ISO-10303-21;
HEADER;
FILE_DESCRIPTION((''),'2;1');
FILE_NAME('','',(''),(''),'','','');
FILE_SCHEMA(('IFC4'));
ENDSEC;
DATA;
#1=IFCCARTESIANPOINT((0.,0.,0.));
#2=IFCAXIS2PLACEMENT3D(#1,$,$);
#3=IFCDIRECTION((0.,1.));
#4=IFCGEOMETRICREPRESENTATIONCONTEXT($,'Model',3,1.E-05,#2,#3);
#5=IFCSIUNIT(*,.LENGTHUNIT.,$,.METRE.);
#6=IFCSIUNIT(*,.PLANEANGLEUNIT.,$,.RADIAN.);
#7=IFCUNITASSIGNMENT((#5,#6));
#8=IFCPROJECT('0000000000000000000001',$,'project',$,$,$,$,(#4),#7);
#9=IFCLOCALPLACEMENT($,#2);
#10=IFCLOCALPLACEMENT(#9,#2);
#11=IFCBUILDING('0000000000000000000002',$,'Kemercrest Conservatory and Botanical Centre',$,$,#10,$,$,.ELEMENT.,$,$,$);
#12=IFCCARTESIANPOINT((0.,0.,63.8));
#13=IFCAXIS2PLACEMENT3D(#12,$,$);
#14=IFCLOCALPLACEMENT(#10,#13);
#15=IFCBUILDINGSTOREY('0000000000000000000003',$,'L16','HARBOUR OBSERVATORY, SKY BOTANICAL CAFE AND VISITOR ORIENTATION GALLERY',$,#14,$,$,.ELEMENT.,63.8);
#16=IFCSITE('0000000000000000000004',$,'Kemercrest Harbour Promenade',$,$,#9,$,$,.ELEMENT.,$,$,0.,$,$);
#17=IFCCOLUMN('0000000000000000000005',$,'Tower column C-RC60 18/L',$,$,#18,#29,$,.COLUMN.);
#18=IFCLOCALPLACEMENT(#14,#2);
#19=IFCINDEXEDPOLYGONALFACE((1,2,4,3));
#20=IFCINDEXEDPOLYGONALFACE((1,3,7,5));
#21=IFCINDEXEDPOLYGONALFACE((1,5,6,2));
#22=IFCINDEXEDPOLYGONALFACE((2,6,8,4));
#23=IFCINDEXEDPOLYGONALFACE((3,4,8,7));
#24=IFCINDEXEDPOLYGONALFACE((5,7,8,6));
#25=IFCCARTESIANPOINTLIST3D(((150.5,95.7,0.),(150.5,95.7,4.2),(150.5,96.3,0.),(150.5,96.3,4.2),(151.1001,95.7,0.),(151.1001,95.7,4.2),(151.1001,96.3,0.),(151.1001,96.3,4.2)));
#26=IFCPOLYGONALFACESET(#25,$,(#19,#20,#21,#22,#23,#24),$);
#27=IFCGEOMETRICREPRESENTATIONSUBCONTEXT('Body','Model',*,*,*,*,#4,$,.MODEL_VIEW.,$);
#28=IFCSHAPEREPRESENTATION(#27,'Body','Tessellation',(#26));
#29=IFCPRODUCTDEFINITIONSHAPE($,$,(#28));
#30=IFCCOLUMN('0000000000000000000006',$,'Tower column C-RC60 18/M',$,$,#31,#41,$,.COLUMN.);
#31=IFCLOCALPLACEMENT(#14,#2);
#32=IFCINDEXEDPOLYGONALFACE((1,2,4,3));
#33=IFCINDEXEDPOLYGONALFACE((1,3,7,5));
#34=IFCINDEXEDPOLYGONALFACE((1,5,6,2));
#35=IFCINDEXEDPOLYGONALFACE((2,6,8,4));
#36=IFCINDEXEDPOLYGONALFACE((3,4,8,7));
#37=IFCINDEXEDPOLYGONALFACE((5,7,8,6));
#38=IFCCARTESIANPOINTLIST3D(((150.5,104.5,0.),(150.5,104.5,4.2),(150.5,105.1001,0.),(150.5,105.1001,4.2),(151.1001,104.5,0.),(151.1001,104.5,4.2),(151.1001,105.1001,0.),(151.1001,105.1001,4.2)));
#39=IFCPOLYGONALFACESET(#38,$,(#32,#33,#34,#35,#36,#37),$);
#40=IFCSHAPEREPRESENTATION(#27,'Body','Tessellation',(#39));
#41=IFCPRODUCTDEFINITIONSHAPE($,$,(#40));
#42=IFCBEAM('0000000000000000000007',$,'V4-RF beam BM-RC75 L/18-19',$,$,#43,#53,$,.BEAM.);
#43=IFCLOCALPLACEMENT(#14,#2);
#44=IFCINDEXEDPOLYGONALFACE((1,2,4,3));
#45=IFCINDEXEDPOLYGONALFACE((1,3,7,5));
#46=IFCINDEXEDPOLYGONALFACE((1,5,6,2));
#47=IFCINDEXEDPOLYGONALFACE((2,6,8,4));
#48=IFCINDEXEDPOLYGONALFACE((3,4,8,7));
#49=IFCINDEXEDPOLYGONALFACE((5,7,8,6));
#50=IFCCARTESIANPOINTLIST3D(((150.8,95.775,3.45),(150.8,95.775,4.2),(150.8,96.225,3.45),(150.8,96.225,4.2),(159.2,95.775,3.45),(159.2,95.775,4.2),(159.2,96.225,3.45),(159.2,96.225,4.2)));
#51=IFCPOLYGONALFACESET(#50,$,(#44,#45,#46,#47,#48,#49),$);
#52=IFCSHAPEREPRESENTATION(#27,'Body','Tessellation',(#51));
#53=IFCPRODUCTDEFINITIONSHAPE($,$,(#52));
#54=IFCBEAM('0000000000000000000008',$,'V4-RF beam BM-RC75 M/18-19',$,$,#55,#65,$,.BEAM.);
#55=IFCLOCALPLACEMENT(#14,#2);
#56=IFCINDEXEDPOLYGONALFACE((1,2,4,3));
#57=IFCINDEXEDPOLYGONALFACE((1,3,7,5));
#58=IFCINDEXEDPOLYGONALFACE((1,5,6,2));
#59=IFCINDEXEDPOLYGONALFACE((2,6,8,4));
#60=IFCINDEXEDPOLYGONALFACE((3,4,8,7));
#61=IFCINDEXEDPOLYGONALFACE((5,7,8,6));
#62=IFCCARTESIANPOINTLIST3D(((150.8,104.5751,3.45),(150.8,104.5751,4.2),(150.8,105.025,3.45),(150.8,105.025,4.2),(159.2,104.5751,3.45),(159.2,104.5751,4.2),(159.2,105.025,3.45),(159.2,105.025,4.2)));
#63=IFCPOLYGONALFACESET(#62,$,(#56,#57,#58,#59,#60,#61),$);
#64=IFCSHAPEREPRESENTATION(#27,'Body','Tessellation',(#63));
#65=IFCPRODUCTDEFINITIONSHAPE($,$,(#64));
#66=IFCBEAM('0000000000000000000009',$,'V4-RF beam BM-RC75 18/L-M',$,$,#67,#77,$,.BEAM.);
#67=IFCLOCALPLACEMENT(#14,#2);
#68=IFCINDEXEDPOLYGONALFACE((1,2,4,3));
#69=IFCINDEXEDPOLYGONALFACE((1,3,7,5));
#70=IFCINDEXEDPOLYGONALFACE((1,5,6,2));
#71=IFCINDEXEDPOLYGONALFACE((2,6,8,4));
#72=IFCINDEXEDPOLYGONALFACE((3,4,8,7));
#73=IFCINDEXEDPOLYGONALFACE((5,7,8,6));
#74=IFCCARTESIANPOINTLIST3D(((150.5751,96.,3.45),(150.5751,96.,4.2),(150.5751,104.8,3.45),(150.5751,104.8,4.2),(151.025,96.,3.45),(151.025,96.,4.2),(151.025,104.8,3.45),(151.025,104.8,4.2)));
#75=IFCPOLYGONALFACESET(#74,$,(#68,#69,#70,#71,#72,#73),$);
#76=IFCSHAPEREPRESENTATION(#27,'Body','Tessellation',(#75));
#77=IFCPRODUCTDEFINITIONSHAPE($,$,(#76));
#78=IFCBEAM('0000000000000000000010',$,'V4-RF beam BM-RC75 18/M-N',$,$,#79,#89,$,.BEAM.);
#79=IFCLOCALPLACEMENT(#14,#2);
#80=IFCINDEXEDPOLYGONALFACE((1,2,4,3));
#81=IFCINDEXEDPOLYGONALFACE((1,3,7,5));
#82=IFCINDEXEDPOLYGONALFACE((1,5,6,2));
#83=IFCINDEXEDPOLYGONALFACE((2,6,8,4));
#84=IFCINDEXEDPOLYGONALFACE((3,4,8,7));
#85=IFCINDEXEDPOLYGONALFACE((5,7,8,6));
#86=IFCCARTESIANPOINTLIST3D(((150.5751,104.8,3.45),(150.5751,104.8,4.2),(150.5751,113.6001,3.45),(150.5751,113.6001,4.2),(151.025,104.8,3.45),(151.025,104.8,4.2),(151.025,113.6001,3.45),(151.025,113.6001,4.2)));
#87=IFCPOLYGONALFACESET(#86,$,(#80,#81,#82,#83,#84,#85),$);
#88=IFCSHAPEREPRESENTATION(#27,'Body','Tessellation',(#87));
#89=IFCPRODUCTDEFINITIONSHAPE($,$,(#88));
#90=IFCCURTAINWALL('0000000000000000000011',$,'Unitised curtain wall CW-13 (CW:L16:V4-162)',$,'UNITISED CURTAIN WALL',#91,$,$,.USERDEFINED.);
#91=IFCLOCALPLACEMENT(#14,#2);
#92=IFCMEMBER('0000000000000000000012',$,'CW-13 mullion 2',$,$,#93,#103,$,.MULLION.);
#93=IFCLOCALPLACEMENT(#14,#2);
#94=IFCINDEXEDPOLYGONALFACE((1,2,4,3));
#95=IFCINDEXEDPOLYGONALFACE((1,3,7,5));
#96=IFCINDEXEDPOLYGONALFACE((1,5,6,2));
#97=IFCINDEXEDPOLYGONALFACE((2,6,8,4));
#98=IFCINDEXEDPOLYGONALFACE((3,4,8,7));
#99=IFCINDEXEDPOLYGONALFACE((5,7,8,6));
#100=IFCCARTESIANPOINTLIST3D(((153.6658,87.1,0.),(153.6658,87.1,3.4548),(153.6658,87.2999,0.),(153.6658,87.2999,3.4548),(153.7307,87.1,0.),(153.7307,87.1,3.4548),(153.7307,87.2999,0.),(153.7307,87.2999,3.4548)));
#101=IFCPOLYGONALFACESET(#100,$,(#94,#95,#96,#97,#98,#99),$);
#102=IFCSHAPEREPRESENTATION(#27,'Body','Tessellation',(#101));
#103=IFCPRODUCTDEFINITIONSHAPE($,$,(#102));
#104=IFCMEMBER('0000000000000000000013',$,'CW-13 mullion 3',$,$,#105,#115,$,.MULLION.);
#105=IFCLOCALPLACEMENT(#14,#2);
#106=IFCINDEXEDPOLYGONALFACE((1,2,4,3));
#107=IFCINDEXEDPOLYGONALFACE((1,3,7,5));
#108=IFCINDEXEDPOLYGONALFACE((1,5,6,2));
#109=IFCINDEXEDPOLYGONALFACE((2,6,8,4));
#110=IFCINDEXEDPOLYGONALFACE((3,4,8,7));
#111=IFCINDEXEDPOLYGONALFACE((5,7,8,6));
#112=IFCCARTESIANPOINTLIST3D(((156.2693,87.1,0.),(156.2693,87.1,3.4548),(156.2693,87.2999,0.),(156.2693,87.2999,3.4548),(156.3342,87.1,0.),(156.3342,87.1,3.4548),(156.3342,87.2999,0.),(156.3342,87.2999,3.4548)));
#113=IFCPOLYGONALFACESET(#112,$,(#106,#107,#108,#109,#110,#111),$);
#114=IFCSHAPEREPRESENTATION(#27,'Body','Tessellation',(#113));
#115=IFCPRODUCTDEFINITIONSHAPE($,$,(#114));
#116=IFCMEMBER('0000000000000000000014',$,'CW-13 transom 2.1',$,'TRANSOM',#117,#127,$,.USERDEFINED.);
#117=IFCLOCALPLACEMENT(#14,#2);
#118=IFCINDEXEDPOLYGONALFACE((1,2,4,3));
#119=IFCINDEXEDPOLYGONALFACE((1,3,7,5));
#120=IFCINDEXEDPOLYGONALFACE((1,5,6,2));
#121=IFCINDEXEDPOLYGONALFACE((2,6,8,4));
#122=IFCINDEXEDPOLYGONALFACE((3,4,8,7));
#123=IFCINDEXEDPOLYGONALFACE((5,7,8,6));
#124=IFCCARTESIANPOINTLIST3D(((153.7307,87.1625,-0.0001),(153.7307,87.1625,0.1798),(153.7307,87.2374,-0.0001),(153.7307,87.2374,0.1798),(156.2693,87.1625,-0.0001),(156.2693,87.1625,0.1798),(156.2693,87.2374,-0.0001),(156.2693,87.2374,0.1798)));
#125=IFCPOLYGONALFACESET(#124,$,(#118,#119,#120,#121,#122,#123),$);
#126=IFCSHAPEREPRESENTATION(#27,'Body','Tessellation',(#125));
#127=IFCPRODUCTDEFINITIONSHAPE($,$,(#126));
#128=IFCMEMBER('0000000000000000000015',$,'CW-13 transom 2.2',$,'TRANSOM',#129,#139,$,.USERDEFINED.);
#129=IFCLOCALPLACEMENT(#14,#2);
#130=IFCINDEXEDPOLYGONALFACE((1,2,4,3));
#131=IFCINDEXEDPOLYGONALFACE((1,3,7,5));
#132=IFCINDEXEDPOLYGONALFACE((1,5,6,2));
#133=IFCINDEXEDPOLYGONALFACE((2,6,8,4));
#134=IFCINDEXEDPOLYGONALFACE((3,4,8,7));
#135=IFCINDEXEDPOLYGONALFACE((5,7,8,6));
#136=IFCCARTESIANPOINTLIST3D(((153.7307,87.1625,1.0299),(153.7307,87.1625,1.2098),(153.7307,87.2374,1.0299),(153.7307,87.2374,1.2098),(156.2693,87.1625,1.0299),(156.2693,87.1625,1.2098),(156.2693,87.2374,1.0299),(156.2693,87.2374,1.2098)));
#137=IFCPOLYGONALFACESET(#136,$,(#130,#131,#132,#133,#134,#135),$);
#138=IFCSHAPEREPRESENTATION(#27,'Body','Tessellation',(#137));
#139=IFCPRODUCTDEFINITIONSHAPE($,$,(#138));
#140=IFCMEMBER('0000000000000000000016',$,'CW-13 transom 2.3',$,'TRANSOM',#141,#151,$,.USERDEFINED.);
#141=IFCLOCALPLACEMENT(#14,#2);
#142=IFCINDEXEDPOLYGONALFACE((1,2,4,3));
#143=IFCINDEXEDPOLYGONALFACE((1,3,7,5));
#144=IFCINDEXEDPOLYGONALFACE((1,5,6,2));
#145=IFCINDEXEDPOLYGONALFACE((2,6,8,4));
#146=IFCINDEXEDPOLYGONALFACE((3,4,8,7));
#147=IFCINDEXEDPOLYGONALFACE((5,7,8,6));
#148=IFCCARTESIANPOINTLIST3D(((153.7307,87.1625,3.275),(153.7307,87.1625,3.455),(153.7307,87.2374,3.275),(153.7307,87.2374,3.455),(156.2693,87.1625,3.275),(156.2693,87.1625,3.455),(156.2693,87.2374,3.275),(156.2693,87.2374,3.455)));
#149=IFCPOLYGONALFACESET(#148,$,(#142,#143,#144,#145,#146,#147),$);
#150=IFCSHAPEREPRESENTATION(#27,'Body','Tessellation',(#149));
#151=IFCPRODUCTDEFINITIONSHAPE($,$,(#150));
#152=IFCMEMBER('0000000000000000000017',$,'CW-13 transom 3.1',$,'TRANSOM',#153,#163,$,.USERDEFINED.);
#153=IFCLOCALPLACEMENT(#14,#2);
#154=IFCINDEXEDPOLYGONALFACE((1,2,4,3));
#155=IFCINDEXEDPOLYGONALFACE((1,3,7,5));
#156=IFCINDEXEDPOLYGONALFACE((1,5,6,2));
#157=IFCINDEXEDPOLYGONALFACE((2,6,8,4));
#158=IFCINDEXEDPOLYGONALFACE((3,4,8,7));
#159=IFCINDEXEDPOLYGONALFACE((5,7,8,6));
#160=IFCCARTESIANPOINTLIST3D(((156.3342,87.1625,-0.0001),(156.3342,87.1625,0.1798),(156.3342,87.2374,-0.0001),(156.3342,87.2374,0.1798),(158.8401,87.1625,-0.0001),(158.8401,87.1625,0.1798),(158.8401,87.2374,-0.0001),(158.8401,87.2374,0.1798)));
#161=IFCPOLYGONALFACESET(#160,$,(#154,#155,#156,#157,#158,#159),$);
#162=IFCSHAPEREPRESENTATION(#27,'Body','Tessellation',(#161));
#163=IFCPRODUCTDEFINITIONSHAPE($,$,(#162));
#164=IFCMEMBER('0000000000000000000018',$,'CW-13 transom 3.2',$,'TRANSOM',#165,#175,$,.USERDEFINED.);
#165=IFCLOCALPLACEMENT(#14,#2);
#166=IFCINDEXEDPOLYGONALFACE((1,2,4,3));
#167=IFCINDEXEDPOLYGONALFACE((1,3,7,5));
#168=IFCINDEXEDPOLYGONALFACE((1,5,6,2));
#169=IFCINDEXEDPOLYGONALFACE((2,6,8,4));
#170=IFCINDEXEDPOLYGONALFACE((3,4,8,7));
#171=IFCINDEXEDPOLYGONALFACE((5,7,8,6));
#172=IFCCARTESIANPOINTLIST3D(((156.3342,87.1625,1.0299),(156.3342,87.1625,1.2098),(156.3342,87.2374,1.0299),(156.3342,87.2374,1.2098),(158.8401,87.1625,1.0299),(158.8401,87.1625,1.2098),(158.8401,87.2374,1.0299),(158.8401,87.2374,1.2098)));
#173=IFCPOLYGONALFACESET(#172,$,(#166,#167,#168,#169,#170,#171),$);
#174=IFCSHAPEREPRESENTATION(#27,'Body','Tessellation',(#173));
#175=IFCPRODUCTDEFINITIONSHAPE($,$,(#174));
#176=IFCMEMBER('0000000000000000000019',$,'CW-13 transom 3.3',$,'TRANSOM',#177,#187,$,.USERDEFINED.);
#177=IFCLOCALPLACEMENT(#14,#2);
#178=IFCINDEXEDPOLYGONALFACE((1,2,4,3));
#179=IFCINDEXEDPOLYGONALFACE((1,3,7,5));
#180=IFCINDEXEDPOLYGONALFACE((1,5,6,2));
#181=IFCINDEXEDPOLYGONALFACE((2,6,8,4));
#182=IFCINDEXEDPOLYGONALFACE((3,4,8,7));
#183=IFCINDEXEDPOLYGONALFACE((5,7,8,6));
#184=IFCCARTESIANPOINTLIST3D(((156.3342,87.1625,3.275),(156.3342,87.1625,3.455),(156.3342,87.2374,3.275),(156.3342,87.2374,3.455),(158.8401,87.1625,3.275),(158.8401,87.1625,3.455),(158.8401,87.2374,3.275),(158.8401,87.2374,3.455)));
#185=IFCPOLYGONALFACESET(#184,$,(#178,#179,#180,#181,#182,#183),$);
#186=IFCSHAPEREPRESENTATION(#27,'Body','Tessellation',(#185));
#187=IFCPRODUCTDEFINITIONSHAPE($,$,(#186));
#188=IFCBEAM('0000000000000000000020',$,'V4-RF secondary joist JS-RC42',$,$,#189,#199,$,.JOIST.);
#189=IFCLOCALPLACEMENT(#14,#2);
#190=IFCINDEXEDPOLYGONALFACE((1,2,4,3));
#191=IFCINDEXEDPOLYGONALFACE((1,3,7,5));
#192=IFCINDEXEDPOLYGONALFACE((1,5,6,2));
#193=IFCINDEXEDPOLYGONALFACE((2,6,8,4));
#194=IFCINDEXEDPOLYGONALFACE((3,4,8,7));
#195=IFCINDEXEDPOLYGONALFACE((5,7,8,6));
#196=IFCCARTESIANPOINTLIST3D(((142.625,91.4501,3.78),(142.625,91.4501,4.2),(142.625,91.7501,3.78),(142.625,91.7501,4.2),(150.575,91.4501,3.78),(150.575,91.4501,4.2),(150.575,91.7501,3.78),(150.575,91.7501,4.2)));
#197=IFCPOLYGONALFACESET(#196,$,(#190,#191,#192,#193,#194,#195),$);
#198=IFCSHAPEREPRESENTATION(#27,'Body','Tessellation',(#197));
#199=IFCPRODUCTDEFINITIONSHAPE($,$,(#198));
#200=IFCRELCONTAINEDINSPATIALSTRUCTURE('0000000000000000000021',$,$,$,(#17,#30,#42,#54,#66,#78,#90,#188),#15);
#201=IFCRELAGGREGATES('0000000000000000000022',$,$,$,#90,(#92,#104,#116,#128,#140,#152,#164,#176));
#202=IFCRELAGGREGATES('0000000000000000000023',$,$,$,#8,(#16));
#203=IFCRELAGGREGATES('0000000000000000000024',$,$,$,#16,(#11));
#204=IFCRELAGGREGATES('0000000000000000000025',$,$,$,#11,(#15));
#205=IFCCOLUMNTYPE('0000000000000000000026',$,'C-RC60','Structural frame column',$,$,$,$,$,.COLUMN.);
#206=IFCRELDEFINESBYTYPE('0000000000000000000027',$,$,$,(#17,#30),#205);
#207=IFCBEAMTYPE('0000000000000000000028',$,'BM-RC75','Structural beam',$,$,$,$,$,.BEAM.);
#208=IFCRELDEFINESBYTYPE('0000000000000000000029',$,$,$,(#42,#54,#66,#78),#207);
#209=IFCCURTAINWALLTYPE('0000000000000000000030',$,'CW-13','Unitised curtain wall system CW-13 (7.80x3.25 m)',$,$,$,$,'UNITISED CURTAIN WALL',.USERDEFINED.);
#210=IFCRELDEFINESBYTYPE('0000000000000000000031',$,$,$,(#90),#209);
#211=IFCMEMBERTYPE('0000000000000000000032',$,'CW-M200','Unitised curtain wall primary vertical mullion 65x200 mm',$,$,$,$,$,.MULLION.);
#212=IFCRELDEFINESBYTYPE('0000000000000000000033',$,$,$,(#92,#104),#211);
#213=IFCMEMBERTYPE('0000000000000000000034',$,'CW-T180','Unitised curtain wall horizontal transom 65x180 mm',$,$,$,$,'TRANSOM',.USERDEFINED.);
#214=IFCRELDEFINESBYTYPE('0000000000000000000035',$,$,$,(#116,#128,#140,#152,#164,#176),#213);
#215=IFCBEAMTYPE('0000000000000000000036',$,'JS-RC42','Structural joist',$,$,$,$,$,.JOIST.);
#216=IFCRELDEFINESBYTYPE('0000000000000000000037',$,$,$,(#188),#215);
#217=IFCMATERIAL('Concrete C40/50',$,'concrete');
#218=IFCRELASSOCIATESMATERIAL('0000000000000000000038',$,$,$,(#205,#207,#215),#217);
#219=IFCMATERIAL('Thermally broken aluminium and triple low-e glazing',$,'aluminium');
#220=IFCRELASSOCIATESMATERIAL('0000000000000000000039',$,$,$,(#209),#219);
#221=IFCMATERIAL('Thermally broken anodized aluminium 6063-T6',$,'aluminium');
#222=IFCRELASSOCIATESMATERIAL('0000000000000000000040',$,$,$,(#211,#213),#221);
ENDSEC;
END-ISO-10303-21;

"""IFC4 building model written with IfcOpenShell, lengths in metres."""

from ifc_helpers import new_model, si_unit, direction, frame, origin, origin_2d, place, context, subcontext, project, spatial, rectangle, extrude, material, material_profile, profile_set, type_object, element, aggregate, save


model = new_model("IFC4")

# Units and contexts
model_context = context("Model", 3, precision=1e-05, world=origin(), true_north=direction((0.0, 1.0)))
body_context = subcontext(model_context, "Body", "Model", "MODEL_VIEW")
ifc_project = project(units=[si_unit("LENGTHUNIT", "METRE"), si_unit("PLANEANGLEUNIT", "RADIAN")], contexts=[model_context])

# Site, building, storey
site_placement = place(None, origin())
site = spatial("IfcSite", under=ifc_project, at=site_placement, Name="Kemercrest Harbour Promenade", CompositionType="ELEMENT", RefElevation=0.0)
building_placement = place(site_placement, origin())
building = spatial("IfcBuilding", under=site, at=building_placement, Name="Kemercrest Conservatory and Botanical Centre", CompositionType="ELEMENT")
storey_placement = place(building_placement, frame((0.0, 0.0, 63.8)))
storey = spatial("IfcBuildingStorey", under=building, at=storey_placement, Name="L16", Description="HARBOUR OBSERVATORY, SKY BOTANICAL CAFE AND VISITOR ORIENTATION GALLERY", CompositionType="ELEMENT", Elevation=63.8)

# Columns
ifc_material_1 = material(Name="Concrete C40/50", Category="concrete")
ifc_material_profile_1 = material_profile(ifc_material_1, rectangle(XDim=0.6001, YDim=0.6001, at=origin_2d()), Name="RC 600x600")
ifc_profile_set_1 = profile_set([ifc_material_profile_1], Name="Concrete C40/50")
column_type = type_object("IfcColumnType", Name="C-RC60", Description="Structural frame column", PredefinedType="COLUMN", material=ifc_profile_set_1)
for number, where, z_axis, x_axis, name in (
    (1, (150.8, 96.0, 0.0), (0.0, 0.0, 1.0), (1.0, 0.0, 0.0), "Tower column C-RC60 18/L"),
    (2, (150.8, 104.8, 0.0), (0.0, 0.0, 1.0), (1.0, 0.0, 0.0), "Tower column C-RC60 18/M"),
):
    element("IfcColumn", number, at=place(storey_placement, frame(where, z_axis=z_axis, x_axis=x_axis)), inside=storey, type_object=column_type, Name=name, PredefinedType="COLUMN", context=body_context, shape_type="SweptSolid", body=[
        extrude(rectangle(XDim=0.6001, YDim=0.6001, at=origin_2d()), origin(), (0.0, 0.0, 1.0), 4.2),
    ])

# Beams
ifc_material_profile_2 = material_profile(ifc_material_1, rectangle(XDim=0.45, YDim=0.75, at=origin_2d()), Name="RC 450x750")
ifc_profile_set_2 = profile_set([ifc_material_profile_2], Name="Concrete C40/50")
beam_type_1 = type_object("IfcBeamType", Name="BM-RC75", Description="Structural beam", PredefinedType="BEAM", material=ifc_profile_set_2)
for number, where, z_axis, x_axis, name in (
    (3, (150.8, 96.0, 3.825), (1.0, 0.0, 0.0), (0.0, 1.0, 0.0), "V4-RF beam BM-RC75 L/18-19"),
    (4, (150.8, 104.8, 3.825), (1.0, 0.0, 0.0), (0.0, 1.0, 0.0), "V4-RF beam BM-RC75 M/18-19"),
):
    element("IfcBeam", number, at=place(storey_placement, frame(where, z_axis=z_axis, x_axis=x_axis)), inside=storey, type_object=beam_type_1, Name=name, PredefinedType="BEAM", context=body_context, shape_type="SweptSolid", body=[
        extrude(rectangle(XDim=0.45, YDim=0.75, at=origin_2d()), origin(), (0.0, 0.0, 1.0), 8.3999),
    ])
for number, where, z_axis, x_axis, name in (
    (5, (150.8, 96.0, 3.825), (0.0, 1.0, 0.0), (-1.0, 0.0, 0.0), "V4-RF beam BM-RC75 18/L-M"),
    (6, (150.8, 104.8, 3.825), (0.0, 1.0, 0.0), (-1.0, 0.0, 0.0), "V4-RF beam BM-RC75 18/M-N"),
):
    element("IfcBeam", number, at=place(storey_placement, frame(where, z_axis=z_axis, x_axis=x_axis)), inside=storey, type_object=beam_type_1, Name=name, PredefinedType="BEAM", context=body_context, shape_type="SweptSolid", body=[
        extrude(rectangle(XDim=0.45, YDim=0.75, at=origin_2d()), origin(), (0.0, 0.0, 1.0), 8.8),
    ])

# Curtain wall, members
ifc_material_2 = material(Name="Thermally broken aluminium and triple low-e glazing", Category="aluminium")
curtain_wall_type = type_object("IfcCurtainWallType", Name="CW-13", Description="Unitised curtain wall system CW-13 (7.80x3.25 m)", ElementType="UNITISED CURTAIN WALL", PredefinedType="USERDEFINED", material=ifc_material_2)
curtain_wall_placement = place(storey_placement, origin())
curtain_wall = element("IfcCurtainWall", 7, at=curtain_wall_placement, inside=storey, type_object=curtain_wall_type, Name="Unitised curtain wall CW-13 (CW:L16:V4-162)", ObjectType="UNITISED CURTAIN WALL", PredefinedType="USERDEFINED")
ifc_material_3 = material(Name="Thermally broken anodized aluminium 6063-T6", Category="aluminium")
ifc_material_profile_3 = material_profile(ifc_material_3, rectangle(XDim=0.2, YDim=0.0649, at=origin_2d()), Name="AL MULLION 65x200")
ifc_profile_set_3 = profile_set([ifc_material_profile_3], Name="Thermally broken anodized aluminium 6063-T6")
member_type_1 = type_object("IfcMemberType", Name="CW-M200", Description="Unitised curtain wall primary vertical mullion 65x200 mm", PredefinedType="MULLION", material=ifc_profile_set_3)
member_1_placement = place(storey_placement, frame((153.6982, 87.2, 0.0), z_axis=(0.0, 0.0, 1.0), x_axis=(0.0, 1.0, 0.0)))
member_1 = element("IfcMember", 8, at=member_1_placement, type_object=member_type_1, Name="CW-13 mullion 2", PredefinedType="MULLION", context=body_context, shape_type="SweptSolid", body=[
    extrude(rectangle(XDim=0.2, YDim=0.0649, at=origin_2d()), origin(), (0.0, 0.0, 1.0), 3.4548),
])
member_2_placement = place(storey_placement, frame((156.3018, 87.2, 0.0), z_axis=(0.0, 0.0, 1.0), x_axis=(0.0, 1.0, 0.0)))
member_2 = element("IfcMember", 9, at=member_2_placement, type_object=member_type_1, Name="CW-13 mullion 3", PredefinedType="MULLION", context=body_context, shape_type="SweptSolid", body=[
    extrude(rectangle(XDim=0.2, YDim=0.0649, at=origin_2d()), origin(), (0.0, 0.0, 1.0), 3.4548),
])
ifc_material_profile_4 = material_profile(ifc_material_3, rectangle(XDim=0.075, YDim=0.1799, at=origin_2d()), Name="AL TRANSOM 75x180")
ifc_profile_set_4 = profile_set([ifc_material_profile_4], Name="Thermally broken anodized aluminium 6063-T6")
member_type_2 = type_object("IfcMemberType", Name="CW-T180", Description="Unitised curtain wall horizontal transom 65x180 mm", ElementType="TRANSOM", PredefinedType="USERDEFINED", material=ifc_profile_set_4)
member_3_placement = place(storey_placement, frame((153.7307, 87.2, 0.0898), z_axis=(1.0, 0.0, 0.0), x_axis=(0.0, 1.0, 0.0)))
member_3 = element("IfcMember", 10, at=member_3_placement, type_object=member_type_2, Name="CW-13 transom 2.1", ObjectType="TRANSOM", PredefinedType="USERDEFINED", context=body_context, shape_type="SweptSolid", body=[
    extrude(rectangle(XDim=0.075, YDim=0.1799, at=origin_2d()), origin(), (0.0, 0.0, 1.0), 2.5386),
])
member_4_placement = place(storey_placement, frame((153.7307, 87.2, 1.1199), z_axis=(1.0, 0.0, 0.0), x_axis=(0.0, 1.0, 0.0)))
member_4 = element("IfcMember", 11, at=member_4_placement, type_object=member_type_2, Name="CW-13 transom 2.2", ObjectType="TRANSOM", PredefinedType="USERDEFINED", context=body_context, shape_type="SweptSolid", body=[
    extrude(rectangle(XDim=0.075, YDim=0.1799, at=origin_2d()), origin(), (0.0, 0.0, 1.0), 2.5386),
])
member_5_placement = place(storey_placement, frame((153.7307, 87.2, 3.365), z_axis=(1.0, 0.0, 0.0), x_axis=(0.0, 1.0, 0.0)))
member_5 = element("IfcMember", 12, at=member_5_placement, type_object=member_type_2, Name="CW-13 transom 2.3", ObjectType="TRANSOM", PredefinedType="USERDEFINED", context=body_context, shape_type="SweptSolid", body=[
    extrude(rectangle(XDim=0.075, YDim=0.1799, at=origin_2d()), origin(), (0.0, 0.0, 1.0), 2.5386),
])
member_6_placement = place(storey_placement, frame((156.3342, 87.2, 0.0898), z_axis=(1.0, 0.0, 0.0), x_axis=(0.0, 1.0, 0.0)))
member_6 = element("IfcMember", 13, at=member_6_placement, type_object=member_type_2, Name="CW-13 transom 3.1", ObjectType="TRANSOM", PredefinedType="USERDEFINED", context=body_context, shape_type="SweptSolid", body=[
    extrude(rectangle(XDim=0.075, YDim=0.1799, at=origin_2d()), origin(), (0.0, 0.0, 1.0), 2.5059),
])
member_7_placement = place(storey_placement, frame((156.3342, 87.2, 1.1199), z_axis=(1.0, 0.0, 0.0), x_axis=(0.0, 1.0, 0.0)))
member_7 = element("IfcMember", 14, at=member_7_placement, type_object=member_type_2, Name="CW-13 transom 3.2", ObjectType="TRANSOM", PredefinedType="USERDEFINED", context=body_context, shape_type="SweptSolid", body=[
    extrude(rectangle(XDim=0.075, YDim=0.1799, at=origin_2d()), origin(), (0.0, 0.0, 1.0), 2.5059),
])
member_8_placement = place(storey_placement, frame((156.3342, 87.2, 3.365), z_axis=(1.0, 0.0, 0.0), x_axis=(0.0, 1.0, 0.0)))
member_8 = element("IfcMember", 15, at=member_8_placement, type_object=member_type_2, Name="CW-13 transom 3.3", ObjectType="TRANSOM", PredefinedType="USERDEFINED", context=body_context, shape_type="SweptSolid", body=[
    extrude(rectangle(XDim=0.075, YDim=0.1799, at=origin_2d()), origin(), (0.0, 0.0, 1.0), 2.5059),
])

# Beam
ifc_material_profile_5 = material_profile(ifc_material_1, rectangle(XDim=0.3, YDim=0.4199, at=origin_2d()), Name="RC 300x420")
ifc_profile_set_5 = profile_set([ifc_material_profile_5], Name="Concrete C40/50")
beam_type_2 = type_object("IfcBeamType", Name="JS-RC42", Description="Structural joist", PredefinedType="JOIST", material=ifc_profile_set_5)
beam_1_placement = place(storey_placement, frame((142.625, 91.6001, 3.99), z_axis=(1.0, 0.0, 0.0), x_axis=(0.0, 1.0, 0.0)))
element("IfcBeam", 16, at=beam_1_placement, inside=storey, type_object=beam_type_2, Name="V4-RF secondary joist JS-RC42", PredefinedType="JOIST", context=body_context, shape_type="SweptSolid", body=[
    extrude(rectangle(XDim=0.3, YDim=0.4199, at=origin_2d()), origin(), (0.0, 0.0, 1.0), 7.95),
])

aggregate(curtain_wall, [member_1, member_2, member_3, member_4, member_5, member_6, member_7, member_8])

save(model, "model.ifc")
